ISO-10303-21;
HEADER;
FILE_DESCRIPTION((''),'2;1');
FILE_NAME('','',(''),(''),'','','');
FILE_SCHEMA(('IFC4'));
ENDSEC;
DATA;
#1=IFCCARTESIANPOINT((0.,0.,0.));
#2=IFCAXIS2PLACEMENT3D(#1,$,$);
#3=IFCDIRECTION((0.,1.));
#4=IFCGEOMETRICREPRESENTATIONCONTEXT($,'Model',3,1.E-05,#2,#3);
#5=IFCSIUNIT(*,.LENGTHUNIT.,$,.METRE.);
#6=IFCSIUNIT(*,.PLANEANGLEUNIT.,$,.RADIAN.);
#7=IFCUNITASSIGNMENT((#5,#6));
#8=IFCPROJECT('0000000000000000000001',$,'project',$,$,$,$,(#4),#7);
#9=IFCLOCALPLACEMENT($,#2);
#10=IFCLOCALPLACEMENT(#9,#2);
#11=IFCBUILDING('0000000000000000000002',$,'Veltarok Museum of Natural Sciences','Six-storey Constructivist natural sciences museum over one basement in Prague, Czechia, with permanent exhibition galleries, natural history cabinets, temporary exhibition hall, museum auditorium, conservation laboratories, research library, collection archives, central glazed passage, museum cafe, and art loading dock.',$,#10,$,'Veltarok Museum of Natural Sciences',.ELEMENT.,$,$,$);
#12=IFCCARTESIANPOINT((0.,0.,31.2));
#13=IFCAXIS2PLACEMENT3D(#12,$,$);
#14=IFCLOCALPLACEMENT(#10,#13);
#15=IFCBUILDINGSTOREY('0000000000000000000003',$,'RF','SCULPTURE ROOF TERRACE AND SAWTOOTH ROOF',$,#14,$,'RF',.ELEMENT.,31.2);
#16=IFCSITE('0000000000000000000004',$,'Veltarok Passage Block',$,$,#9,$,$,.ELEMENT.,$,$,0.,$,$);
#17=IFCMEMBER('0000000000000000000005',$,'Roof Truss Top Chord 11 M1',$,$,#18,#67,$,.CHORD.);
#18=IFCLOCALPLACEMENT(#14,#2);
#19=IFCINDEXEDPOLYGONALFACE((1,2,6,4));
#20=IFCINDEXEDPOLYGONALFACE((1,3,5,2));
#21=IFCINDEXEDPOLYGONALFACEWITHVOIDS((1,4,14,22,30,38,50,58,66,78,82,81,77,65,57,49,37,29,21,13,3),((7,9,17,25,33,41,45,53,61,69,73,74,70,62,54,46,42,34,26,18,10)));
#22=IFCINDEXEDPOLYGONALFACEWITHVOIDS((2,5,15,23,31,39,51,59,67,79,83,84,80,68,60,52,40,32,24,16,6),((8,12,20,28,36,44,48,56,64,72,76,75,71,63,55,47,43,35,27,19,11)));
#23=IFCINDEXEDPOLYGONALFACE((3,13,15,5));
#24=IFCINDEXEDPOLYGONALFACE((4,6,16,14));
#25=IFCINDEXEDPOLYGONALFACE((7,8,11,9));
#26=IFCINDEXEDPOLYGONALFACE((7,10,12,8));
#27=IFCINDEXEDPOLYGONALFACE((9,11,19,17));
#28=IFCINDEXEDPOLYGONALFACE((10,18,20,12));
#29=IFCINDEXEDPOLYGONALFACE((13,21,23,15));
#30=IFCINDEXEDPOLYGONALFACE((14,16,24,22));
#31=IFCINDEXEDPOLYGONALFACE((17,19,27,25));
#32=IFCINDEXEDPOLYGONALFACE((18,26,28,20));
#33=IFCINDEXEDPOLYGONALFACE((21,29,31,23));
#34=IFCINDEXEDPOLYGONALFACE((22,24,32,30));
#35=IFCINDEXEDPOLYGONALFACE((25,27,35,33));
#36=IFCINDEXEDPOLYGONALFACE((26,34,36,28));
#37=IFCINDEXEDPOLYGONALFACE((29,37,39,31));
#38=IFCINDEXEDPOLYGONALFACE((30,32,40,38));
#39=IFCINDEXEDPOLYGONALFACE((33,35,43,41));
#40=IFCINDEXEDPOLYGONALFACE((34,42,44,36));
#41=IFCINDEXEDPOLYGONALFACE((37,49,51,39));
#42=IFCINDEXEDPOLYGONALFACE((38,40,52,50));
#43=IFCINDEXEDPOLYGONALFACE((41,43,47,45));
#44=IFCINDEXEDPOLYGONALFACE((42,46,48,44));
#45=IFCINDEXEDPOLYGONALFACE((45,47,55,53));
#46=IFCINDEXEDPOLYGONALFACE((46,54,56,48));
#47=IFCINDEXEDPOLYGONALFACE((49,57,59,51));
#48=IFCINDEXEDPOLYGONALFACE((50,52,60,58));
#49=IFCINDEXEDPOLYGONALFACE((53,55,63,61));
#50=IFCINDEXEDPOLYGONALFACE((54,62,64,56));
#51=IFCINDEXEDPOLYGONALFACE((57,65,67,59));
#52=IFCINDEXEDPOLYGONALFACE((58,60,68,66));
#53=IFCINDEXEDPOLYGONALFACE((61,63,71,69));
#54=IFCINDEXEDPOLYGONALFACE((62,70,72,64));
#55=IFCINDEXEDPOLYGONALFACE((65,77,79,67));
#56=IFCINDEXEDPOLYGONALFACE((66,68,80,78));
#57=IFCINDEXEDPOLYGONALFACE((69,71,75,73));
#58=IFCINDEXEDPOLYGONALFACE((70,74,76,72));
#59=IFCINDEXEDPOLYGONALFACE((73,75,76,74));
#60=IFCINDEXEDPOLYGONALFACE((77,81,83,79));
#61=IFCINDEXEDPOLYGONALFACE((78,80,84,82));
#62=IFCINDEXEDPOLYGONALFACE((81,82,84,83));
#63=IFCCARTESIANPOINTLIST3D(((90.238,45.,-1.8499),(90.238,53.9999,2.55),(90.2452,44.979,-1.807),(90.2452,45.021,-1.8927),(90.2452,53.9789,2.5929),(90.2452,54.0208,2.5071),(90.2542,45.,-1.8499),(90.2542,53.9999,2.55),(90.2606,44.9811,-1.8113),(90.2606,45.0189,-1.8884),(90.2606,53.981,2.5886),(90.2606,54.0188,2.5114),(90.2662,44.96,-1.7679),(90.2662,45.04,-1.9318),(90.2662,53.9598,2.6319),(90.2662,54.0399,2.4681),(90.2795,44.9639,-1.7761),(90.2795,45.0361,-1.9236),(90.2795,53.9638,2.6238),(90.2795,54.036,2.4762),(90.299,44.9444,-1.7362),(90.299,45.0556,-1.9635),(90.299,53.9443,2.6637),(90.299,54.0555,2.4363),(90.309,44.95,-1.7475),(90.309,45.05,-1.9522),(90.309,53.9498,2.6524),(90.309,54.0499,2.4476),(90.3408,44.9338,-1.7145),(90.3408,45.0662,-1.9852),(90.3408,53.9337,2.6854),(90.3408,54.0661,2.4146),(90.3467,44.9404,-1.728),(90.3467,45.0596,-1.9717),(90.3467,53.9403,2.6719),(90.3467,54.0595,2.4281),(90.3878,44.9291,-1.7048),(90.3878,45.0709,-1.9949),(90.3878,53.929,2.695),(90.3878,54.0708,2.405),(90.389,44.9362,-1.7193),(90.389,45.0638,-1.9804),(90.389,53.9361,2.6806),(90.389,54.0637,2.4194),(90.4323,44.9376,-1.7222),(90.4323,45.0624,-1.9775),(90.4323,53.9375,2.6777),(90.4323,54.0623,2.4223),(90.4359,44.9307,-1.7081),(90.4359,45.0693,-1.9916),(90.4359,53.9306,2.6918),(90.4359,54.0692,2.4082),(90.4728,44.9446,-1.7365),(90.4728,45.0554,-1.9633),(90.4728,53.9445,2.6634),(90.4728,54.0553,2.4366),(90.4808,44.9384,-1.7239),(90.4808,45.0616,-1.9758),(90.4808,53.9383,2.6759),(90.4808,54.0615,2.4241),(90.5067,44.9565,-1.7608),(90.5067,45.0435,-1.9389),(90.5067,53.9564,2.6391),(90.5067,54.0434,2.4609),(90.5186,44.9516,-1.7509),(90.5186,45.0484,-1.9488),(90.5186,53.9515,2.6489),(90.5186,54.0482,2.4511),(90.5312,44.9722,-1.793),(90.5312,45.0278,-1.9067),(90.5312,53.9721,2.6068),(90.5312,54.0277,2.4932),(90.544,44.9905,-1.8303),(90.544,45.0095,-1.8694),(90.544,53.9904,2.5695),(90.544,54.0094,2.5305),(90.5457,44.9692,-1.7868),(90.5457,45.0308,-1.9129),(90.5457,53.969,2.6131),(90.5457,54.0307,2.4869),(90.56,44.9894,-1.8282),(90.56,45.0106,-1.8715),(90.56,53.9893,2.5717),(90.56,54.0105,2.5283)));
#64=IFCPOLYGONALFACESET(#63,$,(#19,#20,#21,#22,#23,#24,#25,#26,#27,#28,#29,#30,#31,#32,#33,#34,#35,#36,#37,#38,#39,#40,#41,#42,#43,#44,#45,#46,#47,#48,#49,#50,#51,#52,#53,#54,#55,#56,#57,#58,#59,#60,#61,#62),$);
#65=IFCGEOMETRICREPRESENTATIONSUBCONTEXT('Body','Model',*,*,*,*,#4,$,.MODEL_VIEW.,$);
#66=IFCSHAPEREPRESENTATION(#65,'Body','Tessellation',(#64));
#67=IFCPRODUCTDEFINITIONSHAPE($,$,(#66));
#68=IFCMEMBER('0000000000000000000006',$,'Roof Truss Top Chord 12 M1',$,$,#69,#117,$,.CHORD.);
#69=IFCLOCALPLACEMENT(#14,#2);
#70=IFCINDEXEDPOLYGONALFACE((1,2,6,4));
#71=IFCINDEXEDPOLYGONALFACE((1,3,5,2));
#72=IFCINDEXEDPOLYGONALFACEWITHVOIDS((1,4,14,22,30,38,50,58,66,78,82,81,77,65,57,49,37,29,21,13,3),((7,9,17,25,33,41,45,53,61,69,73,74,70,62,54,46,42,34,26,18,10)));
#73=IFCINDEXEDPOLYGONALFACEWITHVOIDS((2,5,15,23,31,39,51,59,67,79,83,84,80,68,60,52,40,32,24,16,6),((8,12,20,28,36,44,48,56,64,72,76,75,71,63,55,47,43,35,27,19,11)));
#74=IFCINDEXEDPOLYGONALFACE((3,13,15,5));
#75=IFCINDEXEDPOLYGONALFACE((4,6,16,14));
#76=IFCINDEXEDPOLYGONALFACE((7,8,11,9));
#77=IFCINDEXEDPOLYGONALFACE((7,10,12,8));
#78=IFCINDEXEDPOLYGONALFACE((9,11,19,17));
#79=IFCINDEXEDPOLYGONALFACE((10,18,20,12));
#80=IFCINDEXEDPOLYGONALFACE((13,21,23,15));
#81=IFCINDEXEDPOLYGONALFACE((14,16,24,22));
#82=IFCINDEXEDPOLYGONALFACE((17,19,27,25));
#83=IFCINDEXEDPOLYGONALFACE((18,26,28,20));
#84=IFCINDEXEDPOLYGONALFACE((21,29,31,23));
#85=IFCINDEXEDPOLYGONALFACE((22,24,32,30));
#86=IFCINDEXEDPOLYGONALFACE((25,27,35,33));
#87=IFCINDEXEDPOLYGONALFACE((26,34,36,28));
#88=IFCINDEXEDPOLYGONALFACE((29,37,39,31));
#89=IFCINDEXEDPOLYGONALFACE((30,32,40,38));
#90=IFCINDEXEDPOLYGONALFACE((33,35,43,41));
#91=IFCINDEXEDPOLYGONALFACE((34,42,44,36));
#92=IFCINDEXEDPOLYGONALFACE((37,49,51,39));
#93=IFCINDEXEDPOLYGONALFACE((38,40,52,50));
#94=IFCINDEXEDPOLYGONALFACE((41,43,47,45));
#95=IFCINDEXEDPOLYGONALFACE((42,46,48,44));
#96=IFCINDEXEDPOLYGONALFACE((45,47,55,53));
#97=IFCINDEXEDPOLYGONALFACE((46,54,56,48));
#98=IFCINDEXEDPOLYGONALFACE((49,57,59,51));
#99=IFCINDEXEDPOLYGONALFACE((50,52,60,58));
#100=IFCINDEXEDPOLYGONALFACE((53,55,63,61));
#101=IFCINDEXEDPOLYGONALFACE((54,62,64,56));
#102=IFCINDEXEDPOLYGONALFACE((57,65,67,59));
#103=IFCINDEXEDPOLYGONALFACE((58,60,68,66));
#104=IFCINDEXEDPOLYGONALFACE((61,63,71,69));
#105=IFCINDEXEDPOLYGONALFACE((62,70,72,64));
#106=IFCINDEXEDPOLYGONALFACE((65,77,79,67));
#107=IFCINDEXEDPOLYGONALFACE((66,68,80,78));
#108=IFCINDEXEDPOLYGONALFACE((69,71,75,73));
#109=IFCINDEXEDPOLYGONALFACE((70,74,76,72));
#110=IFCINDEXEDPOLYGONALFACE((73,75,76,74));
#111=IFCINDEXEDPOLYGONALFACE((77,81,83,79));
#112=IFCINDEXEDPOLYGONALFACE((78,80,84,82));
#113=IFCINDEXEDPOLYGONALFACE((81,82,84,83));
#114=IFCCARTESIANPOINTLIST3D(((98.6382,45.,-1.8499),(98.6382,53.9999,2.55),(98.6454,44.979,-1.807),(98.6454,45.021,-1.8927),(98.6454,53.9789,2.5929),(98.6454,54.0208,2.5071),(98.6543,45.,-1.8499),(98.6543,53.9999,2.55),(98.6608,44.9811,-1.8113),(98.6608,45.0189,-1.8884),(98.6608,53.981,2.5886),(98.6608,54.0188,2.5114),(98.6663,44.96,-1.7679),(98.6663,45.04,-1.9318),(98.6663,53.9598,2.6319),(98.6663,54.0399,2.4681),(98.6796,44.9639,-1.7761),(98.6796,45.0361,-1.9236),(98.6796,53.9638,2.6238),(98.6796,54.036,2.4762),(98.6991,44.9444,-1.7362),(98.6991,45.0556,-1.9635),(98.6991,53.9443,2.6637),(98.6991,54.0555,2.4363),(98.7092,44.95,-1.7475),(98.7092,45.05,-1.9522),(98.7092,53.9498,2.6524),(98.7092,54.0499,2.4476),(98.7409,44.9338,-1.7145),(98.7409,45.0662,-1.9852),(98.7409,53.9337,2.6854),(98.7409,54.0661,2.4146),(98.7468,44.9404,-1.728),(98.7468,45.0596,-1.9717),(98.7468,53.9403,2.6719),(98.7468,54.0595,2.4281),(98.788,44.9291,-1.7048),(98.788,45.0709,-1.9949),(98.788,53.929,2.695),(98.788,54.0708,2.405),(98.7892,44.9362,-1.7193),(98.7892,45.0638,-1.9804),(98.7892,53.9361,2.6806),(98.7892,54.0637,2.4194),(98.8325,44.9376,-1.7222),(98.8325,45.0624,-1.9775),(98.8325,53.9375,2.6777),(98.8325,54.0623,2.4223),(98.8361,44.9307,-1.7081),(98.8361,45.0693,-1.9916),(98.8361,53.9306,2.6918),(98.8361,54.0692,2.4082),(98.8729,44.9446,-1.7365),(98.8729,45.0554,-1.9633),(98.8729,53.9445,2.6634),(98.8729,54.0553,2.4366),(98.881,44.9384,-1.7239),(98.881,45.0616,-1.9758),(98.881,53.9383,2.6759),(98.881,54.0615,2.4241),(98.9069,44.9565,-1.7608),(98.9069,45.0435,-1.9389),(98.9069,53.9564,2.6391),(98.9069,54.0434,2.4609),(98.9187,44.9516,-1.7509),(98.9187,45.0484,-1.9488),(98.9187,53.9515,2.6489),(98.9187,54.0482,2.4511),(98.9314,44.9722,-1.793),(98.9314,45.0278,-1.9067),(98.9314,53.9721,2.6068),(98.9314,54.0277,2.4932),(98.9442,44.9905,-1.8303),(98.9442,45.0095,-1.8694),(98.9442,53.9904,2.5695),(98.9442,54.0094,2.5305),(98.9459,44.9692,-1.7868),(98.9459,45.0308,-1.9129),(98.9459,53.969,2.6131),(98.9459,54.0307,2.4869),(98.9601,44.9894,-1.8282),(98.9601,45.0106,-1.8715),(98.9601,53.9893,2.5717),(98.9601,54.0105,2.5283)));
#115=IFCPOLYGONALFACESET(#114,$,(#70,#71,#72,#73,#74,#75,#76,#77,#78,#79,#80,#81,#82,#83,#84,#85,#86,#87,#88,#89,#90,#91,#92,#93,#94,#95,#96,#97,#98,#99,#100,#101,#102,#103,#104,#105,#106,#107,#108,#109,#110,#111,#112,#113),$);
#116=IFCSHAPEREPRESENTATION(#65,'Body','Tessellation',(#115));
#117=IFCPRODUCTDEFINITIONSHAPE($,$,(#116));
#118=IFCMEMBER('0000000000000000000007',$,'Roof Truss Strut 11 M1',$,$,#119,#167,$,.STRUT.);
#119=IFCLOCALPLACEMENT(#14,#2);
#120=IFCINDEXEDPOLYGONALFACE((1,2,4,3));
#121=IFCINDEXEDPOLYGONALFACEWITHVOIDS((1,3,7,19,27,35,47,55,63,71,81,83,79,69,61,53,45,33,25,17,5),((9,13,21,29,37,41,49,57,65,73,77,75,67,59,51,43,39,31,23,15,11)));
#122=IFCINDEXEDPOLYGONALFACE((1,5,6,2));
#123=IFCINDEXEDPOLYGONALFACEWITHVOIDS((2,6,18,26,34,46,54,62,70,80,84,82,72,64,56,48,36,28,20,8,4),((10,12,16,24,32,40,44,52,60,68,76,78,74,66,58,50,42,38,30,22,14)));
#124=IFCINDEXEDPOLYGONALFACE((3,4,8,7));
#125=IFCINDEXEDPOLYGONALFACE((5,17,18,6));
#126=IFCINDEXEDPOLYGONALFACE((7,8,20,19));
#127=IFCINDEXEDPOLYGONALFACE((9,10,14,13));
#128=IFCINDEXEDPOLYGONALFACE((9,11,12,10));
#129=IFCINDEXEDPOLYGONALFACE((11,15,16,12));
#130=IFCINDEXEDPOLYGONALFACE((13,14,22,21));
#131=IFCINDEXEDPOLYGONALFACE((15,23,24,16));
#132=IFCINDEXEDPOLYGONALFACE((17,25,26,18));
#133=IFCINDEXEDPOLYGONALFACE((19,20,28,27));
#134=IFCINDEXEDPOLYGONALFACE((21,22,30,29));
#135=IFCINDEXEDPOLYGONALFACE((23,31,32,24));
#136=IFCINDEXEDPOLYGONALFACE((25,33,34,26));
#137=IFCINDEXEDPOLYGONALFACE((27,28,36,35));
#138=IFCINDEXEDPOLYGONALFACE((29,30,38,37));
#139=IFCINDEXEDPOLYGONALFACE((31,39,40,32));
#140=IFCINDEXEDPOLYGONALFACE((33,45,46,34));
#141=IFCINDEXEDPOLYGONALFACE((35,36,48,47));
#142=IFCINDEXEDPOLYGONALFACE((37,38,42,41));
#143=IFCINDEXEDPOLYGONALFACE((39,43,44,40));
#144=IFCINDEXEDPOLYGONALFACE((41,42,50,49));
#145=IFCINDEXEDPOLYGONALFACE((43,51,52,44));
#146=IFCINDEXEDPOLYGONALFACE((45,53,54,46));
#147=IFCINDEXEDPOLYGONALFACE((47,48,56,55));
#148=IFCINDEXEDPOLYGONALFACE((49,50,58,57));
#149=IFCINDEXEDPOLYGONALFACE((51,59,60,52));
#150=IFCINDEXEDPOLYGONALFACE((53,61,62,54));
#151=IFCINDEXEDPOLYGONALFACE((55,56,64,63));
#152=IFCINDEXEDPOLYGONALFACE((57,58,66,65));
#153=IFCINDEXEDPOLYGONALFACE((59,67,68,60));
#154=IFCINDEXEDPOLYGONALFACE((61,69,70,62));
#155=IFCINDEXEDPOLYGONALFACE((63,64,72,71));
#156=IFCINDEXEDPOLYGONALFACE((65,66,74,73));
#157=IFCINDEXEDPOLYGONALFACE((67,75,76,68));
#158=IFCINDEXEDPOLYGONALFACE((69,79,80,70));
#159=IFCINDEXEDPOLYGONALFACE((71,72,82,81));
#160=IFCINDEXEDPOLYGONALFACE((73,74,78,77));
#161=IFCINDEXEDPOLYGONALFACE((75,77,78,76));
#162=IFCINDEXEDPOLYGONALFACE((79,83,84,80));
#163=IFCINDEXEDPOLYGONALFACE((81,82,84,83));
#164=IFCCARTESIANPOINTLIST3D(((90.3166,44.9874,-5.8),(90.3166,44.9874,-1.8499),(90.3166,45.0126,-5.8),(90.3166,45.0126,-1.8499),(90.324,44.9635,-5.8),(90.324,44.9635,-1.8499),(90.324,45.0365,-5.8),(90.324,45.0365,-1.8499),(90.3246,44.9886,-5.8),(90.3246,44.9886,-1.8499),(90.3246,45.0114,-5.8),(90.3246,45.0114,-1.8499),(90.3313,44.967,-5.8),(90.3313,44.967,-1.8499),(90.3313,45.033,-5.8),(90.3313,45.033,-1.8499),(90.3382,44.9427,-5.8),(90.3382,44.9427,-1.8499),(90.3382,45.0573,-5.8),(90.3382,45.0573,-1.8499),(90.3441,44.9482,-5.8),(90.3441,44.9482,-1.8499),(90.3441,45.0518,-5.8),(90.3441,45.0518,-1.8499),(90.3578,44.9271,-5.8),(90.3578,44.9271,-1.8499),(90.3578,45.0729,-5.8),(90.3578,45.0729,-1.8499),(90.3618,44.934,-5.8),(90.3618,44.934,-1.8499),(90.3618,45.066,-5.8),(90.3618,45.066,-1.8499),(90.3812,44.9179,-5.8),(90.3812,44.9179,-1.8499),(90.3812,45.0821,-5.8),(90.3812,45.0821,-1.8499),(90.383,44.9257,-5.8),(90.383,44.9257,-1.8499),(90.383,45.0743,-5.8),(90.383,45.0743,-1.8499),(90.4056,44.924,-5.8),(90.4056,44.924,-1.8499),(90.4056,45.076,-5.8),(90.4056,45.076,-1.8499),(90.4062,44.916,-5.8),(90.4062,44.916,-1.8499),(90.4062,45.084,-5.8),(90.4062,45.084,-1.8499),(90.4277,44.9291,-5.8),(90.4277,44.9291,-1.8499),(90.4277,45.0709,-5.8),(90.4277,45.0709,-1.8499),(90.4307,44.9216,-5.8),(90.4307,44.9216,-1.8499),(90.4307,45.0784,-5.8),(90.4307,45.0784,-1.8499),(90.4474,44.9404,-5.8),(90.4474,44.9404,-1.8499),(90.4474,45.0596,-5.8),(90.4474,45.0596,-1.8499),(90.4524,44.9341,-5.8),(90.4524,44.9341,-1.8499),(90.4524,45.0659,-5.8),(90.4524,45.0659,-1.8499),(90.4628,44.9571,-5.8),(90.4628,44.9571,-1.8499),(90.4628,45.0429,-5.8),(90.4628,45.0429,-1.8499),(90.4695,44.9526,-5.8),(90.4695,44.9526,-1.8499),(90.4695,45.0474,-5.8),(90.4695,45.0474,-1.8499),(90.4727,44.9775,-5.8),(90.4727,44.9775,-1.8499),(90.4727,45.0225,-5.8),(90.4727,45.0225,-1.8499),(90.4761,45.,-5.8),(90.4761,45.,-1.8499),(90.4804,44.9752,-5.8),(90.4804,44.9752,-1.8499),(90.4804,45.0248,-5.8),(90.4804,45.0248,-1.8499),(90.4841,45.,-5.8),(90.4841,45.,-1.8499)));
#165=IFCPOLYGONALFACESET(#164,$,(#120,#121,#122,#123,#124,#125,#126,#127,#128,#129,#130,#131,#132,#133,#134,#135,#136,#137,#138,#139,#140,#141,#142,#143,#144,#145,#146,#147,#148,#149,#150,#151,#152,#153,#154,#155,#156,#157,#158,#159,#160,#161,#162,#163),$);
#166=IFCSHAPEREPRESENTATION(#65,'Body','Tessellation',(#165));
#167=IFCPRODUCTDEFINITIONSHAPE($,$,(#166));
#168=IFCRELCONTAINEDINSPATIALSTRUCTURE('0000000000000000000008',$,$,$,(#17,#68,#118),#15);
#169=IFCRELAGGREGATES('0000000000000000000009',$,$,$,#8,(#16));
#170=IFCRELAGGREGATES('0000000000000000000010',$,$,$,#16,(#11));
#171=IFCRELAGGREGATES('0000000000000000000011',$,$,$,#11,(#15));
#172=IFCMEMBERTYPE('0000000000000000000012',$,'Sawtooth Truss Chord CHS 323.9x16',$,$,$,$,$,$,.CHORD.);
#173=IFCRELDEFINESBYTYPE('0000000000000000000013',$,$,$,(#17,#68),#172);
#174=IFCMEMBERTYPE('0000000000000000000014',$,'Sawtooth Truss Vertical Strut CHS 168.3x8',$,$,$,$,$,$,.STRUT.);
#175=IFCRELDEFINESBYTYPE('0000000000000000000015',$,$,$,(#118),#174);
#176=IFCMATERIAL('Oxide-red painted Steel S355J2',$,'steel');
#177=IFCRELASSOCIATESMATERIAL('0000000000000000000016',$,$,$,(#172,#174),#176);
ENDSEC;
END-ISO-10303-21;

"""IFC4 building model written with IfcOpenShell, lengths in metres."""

from ifc_helpers import new_model, si_unit, direction, frame, origin, origin_2d, place, context, subcontext, project, spatial, hollow_circle, extrude, material, material_profile, profile_set, type_object, element, save


model = new_model("IFC4")

# Units and contexts
model_context = context("Model", 3, precision=1e-05, world=origin(), true_north=direction((0.0, 1.0)))
body_context = subcontext(model_context, "Body", "Model", "MODEL_VIEW")
ifc_project = project(units=[si_unit("LENGTHUNIT", "METRE"), si_unit("PLANEANGLEUNIT", "RADIAN")], contexts=[model_context])

# Site, building, storey
site_placement = place(None, origin())
site = spatial("IfcSite", under=ifc_project, at=site_placement, Name="Veltarok Passage Block", CompositionType="ELEMENT", RefElevation=0.0)
building_placement = place(site_placement, origin())
building = spatial("IfcBuilding", under=site, at=building_placement, Name="Veltarok Museum of Natural Sciences", Description="Six-storey Constructivist natural sciences museum over one basement in Prague, Czechia, with permanent exhibition galleries, natural history cabinets, temporary exhibition hall, museum auditorium, conservation laboratories, research library, collection archives, central glazed passage, museum cafe, and art loading dock.", LongName="Veltarok Museum of Natural Sciences", CompositionType="ELEMENT")
storey_placement = place(building_placement, frame((0.0, 0.0, 31.2)))
storey = spatial("IfcBuildingStorey", under=building, at=storey_placement, Name="RF", Description="SCULPTURE ROOF TERRACE AND SAWTOOTH ROOF", LongName="RF", CompositionType="ELEMENT", Elevation=31.2)

# Members
ifc_material_1 = material(Name="Oxide-red painted Steel S355J2", Category="steel")
ifc_material_profile_1 = material_profile(ifc_material_1, hollow_circle(Radius=0.1619, WallThickness=0.0161, at=origin_2d()), Name="CHS 323.9x16")
ifc_profile_set_1 = profile_set([ifc_material_profile_1], Name="Oxide-red painted Steel S355J2")
member_type_1 = type_object("IfcMemberType", Name="Sawtooth Truss Chord CHS 323.9x16", PredefinedType="CHORD", material=ifc_profile_set_1)
for number, where, z_axis, x_axis, name in (
    (1, (90.3999, 45.0, -1.8499), (0.0, 0.898388, 0.439202), (-1.0, 0.0, 0.0), "Roof Truss Top Chord 11 M1"),
    (2, (98.8, 45.0, -1.8499), (0.0, 0.898388, 0.439202), (-1.0, 0.0, 0.0), "Roof Truss Top Chord 12 M1"),
):
    element("IfcMember", number, at=place(storey_placement, frame(where, z_axis=z_axis, x_axis=x_axis)), inside=storey, type_object=member_type_1, Name=name, PredefinedType="CHORD", context=body_context, shape_type="SweptSolid", body=[
        extrude(hollow_circle(Radius=0.1619, WallThickness=0.0161, at=origin_2d()), origin(), (0.0, 0.0, 1.0), 10.0178),
    ])
ifc_material_profile_2 = material_profile(ifc_material_1, hollow_circle(Radius=0.0842, WallThickness=0.0081, at=origin_2d()), Name="CHS 168.3x8")
ifc_profile_set_2 = profile_set([ifc_material_profile_2], Name="Oxide-red painted Steel S355J2")
member_type_2 = type_object("IfcMemberType", Name="Sawtooth Truss Vertical Strut CHS 168.3x8", PredefinedType="STRUT", material=ifc_profile_set_2)
member_1_placement = place(storey_placement, frame((90.3999, 45.0, -5.8), z_axis=(0.0, 0.0, 1.0), x_axis=(1.0, 0.0, 0.0)))
element("IfcMember", 3, at=member_1_placement, inside=storey, type_object=member_type_2, Name="Roof Truss Strut 11 M1", PredefinedType="STRUT", context=body_context, shape_type="SweptSolid", body=[
    extrude(hollow_circle(Radius=0.0842, WallThickness=0.0081, at=origin_2d()), origin(), (0.0, 0.0, 1.0), 3.9502),
])

save(model, "model.ifc")
